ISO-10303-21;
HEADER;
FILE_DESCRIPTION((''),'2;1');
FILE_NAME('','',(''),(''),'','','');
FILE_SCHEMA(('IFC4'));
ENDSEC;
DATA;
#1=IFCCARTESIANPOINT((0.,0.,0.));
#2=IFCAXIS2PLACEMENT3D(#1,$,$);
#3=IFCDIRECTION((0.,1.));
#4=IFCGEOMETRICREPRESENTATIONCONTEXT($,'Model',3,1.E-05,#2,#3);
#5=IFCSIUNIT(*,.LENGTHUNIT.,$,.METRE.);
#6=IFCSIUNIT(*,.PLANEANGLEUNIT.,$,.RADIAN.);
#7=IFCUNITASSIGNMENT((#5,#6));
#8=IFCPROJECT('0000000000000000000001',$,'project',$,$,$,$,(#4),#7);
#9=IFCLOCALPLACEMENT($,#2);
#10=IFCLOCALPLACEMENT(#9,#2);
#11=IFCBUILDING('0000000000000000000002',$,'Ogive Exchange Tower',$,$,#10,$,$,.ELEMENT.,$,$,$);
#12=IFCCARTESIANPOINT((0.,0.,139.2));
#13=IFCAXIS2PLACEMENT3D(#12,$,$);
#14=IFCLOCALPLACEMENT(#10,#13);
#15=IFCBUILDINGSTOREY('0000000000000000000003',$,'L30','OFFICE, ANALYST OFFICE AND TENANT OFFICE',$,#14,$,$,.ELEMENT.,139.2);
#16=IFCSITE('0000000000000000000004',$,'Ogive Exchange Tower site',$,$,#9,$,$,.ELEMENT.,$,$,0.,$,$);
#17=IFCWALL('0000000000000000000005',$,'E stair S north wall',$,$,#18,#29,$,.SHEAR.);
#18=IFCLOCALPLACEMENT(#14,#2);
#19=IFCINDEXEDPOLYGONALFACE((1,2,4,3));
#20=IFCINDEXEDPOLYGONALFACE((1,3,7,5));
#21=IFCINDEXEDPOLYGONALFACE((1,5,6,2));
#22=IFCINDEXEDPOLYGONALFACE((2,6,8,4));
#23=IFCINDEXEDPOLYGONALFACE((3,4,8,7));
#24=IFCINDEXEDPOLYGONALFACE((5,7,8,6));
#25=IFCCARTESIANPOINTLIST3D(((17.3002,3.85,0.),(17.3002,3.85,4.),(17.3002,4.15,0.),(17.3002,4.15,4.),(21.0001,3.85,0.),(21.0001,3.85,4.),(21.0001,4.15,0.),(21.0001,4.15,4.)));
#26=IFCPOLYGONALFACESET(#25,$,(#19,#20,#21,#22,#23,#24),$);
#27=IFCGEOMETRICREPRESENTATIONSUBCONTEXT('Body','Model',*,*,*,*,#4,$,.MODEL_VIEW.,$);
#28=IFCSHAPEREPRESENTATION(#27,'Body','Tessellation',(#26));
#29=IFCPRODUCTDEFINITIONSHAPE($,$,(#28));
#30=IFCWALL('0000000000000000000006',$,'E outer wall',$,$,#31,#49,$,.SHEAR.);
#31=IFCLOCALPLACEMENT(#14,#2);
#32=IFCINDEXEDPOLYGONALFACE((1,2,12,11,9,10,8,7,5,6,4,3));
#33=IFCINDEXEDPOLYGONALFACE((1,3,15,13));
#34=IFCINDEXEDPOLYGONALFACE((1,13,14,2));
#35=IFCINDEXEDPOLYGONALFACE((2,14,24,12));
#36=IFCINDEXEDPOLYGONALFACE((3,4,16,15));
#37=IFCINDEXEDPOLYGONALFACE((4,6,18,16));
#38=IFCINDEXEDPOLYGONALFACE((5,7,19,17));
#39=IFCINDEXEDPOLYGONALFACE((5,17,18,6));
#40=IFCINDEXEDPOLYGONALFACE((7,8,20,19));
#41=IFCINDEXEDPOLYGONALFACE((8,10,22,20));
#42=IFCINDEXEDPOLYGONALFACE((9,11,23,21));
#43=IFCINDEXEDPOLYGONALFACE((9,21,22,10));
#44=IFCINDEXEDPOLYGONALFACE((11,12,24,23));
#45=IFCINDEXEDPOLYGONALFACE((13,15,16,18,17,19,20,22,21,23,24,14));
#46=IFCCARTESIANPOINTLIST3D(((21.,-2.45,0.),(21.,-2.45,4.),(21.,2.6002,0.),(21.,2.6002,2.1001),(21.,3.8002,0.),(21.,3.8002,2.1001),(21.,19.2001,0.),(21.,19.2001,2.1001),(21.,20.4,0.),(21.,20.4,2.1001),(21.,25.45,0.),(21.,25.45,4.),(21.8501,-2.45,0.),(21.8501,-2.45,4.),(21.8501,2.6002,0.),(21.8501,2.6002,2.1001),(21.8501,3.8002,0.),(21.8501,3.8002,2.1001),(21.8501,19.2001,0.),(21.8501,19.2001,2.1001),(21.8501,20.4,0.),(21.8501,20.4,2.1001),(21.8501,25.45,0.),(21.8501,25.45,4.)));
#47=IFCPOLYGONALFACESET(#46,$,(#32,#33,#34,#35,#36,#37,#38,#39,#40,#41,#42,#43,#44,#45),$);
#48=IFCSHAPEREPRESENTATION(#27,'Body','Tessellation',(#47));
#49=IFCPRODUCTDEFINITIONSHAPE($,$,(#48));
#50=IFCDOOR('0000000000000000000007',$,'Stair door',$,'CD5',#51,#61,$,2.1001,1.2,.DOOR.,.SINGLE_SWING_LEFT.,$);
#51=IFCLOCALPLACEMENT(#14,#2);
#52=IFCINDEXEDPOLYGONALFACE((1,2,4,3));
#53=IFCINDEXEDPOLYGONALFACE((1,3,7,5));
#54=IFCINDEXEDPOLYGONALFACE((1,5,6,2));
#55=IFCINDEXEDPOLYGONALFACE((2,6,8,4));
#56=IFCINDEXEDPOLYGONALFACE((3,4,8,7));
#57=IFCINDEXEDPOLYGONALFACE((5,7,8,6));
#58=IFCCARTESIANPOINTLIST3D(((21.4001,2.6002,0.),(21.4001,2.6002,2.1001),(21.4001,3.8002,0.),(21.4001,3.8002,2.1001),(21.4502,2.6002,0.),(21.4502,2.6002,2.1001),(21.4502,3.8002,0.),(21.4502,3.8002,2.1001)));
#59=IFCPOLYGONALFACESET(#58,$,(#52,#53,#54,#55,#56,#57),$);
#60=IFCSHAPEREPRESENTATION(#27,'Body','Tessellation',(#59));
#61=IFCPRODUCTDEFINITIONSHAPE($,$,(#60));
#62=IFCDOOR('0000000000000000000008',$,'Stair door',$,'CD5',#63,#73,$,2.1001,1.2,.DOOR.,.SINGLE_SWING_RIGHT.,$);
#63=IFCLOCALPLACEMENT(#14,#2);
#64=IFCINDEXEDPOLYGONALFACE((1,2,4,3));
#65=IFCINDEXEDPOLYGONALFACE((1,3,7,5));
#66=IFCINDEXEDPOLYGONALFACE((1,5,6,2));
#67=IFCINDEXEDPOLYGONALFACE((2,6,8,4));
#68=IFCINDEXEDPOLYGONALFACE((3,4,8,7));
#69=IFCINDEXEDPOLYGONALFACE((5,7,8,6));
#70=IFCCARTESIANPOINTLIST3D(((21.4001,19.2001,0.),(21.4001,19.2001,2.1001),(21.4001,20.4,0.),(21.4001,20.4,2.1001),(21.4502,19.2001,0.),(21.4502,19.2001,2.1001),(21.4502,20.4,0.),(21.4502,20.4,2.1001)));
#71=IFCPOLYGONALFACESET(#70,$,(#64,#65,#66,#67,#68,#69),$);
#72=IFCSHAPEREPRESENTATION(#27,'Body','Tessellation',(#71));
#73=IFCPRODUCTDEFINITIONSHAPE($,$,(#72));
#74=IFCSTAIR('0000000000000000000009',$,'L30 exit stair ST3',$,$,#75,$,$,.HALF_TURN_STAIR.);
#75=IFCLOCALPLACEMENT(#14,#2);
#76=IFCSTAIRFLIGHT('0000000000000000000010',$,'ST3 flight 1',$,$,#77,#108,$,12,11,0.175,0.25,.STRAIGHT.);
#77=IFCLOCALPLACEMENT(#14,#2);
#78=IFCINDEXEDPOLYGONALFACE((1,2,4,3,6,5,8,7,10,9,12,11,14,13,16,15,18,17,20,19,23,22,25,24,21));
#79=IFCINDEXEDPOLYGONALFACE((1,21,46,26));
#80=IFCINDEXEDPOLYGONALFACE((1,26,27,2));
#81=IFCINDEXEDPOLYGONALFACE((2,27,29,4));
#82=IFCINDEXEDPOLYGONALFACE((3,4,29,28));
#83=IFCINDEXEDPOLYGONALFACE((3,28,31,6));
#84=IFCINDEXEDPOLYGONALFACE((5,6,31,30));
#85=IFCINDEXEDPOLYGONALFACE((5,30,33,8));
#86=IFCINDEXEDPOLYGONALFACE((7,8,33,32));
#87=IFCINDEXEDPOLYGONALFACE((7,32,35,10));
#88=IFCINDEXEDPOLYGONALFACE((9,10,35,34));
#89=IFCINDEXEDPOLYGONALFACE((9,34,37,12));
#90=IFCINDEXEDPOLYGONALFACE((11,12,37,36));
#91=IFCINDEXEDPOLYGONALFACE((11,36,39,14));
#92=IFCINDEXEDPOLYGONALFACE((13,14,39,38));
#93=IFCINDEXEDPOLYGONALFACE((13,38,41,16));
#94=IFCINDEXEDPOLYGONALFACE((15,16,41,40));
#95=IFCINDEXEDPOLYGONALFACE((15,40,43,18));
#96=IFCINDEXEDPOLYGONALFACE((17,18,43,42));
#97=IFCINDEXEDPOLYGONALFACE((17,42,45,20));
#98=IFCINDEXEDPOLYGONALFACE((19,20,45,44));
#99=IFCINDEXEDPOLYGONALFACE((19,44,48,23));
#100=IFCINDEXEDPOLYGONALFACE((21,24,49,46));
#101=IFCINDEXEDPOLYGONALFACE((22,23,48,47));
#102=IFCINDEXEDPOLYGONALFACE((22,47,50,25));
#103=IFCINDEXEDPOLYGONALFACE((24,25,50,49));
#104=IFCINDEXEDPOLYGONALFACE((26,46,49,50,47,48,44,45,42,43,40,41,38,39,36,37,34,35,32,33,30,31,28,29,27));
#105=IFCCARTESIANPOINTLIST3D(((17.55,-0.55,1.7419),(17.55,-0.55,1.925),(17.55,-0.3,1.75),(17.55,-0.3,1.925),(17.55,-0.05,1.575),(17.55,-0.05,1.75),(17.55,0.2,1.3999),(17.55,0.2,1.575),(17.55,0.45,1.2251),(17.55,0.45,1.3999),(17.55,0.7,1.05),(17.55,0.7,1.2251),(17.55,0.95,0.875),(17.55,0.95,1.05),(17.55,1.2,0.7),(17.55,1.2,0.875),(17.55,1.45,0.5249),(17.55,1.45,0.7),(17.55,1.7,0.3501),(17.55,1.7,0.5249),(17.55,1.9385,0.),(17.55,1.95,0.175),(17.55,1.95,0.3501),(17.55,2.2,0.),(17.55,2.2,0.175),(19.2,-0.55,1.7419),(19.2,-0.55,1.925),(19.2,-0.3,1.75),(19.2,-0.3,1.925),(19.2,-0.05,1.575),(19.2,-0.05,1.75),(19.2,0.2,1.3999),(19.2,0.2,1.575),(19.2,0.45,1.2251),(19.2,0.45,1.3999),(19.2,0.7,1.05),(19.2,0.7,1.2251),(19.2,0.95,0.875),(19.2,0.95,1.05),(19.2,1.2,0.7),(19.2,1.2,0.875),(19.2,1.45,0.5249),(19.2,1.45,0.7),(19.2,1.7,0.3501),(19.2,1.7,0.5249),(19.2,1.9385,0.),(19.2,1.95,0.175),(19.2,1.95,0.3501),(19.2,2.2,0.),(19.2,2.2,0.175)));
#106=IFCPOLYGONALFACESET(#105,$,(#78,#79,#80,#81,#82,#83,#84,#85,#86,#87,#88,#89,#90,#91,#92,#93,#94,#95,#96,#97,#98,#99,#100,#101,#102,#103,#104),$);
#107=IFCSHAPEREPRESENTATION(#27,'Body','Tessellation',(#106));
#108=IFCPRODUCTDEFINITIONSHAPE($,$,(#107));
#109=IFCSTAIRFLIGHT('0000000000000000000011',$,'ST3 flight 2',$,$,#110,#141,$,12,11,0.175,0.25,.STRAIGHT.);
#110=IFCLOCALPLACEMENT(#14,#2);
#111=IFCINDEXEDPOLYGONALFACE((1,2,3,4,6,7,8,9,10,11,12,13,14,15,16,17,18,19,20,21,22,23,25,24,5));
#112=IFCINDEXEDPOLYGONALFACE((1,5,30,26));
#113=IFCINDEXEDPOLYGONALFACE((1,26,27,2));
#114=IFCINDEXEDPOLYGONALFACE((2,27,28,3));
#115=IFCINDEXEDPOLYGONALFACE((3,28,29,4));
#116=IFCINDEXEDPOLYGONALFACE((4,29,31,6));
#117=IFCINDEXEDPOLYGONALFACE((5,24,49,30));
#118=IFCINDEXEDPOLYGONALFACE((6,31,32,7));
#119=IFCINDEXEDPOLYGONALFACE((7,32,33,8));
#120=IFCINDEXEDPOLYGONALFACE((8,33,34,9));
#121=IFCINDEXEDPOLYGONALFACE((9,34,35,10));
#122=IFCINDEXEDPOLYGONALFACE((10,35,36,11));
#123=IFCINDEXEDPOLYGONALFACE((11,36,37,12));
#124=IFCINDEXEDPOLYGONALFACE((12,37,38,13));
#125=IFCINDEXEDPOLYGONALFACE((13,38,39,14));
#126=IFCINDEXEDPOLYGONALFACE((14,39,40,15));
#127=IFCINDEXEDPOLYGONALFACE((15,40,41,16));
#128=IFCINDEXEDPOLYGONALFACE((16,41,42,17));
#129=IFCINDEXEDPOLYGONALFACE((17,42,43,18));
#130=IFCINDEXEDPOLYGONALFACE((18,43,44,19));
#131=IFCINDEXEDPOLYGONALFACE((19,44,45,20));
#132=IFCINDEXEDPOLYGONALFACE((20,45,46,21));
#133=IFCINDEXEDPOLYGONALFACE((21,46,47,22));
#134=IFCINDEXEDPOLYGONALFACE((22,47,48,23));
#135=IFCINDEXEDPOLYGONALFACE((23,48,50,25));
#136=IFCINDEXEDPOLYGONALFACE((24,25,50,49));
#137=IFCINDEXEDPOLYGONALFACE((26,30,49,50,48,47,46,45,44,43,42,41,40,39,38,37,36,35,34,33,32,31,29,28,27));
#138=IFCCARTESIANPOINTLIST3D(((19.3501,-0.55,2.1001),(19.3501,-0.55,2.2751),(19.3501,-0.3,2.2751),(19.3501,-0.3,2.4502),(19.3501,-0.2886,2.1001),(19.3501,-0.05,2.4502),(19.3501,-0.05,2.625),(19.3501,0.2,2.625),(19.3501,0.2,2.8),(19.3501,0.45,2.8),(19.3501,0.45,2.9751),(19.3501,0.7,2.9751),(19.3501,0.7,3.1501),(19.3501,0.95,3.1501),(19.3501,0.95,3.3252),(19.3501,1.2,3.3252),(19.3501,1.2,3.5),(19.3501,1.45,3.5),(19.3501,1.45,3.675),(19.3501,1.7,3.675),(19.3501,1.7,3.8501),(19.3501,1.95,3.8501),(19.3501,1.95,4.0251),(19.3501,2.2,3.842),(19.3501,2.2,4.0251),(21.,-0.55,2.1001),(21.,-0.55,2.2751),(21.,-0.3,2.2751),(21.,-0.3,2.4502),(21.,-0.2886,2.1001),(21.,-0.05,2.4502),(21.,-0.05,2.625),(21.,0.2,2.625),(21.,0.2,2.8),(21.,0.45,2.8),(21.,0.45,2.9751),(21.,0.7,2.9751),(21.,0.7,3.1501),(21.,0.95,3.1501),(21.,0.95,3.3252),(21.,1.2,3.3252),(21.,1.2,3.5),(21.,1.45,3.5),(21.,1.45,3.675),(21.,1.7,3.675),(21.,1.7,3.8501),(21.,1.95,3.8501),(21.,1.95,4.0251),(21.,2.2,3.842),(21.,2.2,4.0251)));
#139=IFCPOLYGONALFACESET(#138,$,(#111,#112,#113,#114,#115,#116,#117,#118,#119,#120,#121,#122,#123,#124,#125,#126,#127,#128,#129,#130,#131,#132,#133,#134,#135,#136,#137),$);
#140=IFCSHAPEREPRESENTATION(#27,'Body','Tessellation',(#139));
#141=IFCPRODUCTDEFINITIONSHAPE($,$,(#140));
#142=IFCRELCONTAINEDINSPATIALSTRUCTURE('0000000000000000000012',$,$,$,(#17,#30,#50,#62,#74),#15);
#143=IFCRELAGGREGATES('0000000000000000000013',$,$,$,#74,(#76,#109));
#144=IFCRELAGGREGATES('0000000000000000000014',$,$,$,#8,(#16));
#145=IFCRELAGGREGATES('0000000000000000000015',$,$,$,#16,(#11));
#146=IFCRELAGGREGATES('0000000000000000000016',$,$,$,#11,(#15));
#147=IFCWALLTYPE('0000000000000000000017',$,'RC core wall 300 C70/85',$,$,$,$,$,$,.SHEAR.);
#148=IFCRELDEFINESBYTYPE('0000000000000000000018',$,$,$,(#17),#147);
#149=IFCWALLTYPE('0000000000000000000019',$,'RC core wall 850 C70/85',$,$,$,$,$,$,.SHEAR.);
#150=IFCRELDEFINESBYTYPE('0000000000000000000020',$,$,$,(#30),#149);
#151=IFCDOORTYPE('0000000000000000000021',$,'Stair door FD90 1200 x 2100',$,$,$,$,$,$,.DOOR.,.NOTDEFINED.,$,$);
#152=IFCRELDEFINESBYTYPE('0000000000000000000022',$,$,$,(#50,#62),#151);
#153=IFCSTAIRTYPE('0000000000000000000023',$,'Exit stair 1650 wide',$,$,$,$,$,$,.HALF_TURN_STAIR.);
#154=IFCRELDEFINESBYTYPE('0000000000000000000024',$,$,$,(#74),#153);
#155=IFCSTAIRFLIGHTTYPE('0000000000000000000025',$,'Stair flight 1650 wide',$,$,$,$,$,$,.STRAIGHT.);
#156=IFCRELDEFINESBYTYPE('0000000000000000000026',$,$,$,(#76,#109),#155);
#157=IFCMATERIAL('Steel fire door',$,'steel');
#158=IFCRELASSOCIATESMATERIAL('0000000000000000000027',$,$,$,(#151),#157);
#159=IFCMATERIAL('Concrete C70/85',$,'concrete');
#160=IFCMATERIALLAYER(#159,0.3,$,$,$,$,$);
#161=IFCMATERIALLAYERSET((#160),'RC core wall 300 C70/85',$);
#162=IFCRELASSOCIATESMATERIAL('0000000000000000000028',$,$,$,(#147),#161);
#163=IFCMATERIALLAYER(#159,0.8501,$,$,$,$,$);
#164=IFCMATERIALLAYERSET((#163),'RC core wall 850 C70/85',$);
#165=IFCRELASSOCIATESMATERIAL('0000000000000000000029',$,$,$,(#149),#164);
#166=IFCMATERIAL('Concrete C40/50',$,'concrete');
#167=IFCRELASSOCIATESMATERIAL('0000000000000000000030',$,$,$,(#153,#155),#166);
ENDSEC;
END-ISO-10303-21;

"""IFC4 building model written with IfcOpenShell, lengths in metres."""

from ifc_helpers import new_model, si_unit, direction, frame, frame_2d, origin, place, context, subcontext, project, spatial, polyline, rectangle, outline, extrude, material, layer, layer_set, type_object, element, fill, aggregate, save


model = new_model("IFC4")

# Units and contexts
model_context = context("Model", 3, precision=1e-05, world=origin(), true_north=direction((0.0, 1.0)))
body_context = subcontext(model_context, "Body", "Model", "MODEL_VIEW")
ifc_project = project(units=[si_unit("LENGTHUNIT", "METRE"), si_unit("PLANEANGLEUNIT", "RADIAN")], contexts=[model_context])

# Site, building, storey
site_placement = place(None, origin())
site = spatial("IfcSite", under=ifc_project, at=site_placement, Name="Ogive Exchange Tower site", CompositionType="ELEMENT", RefElevation=0.0)
building_placement = place(site_placement, origin())
building = spatial("IfcBuilding", under=site, at=building_placement, Name="Ogive Exchange Tower", CompositionType="ELEMENT")
storey_placement = place(building_placement, frame((0.0, 0.0, 139.2)))
storey = spatial("IfcBuildingStorey", under=building, at=storey_placement, Name="L30", Description="OFFICE, ANALYST OFFICE AND TENANT OFFICE", CompositionType="ELEMENT", Elevation=139.2)

# Shared definitions
ifc_material_1 = material(Name="Concrete C70/85", Category="concrete")
ifc_material_2 = material(Name="Steel fire door", Category="steel")
door_type_1 = type_object("IfcDoorType", Name="Stair door FD90 1200 x 2100", OperationType="NOTDEFINED", PredefinedType="DOOR", material=ifc_material_2)

# Wall
ifc_layer_1 = layer(ifc_material_1, 0.3)
ifc_layer_set_1 = layer_set([ifc_layer_1], Name="RC core wall 300 C70/85")
wall_type_1 = type_object("IfcWallType", Name="RC core wall 300 C70/85", PredefinedType="SHEAR", material=ifc_layer_set_1)
wall_1_placement = place(storey_placement, frame((17.3, 4.0, 0.0), z_axis=(0.0, 0.0, 1.0), x_axis=(1.0, 0.0, 0.0)))
element("IfcWall", 1, at=wall_1_placement, inside=storey, type_object=wall_type_1, Name="E stair S north wall", PredefinedType="SHEAR", context=body_context, shape_type="SweptSolid", body=[
    extrude(rectangle(XDim=3.7, YDim=0.3, at=frame_2d((1.8501, 0.0))), origin(), (0.0, 0.0, 1.0), 4.0),
])

# Wall, openings, doors
ifc_layer_2 = layer(ifc_material_1, 0.8501)
ifc_layer_set_2 = layer_set([ifc_layer_2], Name="RC core wall 850 C70/85")
wall_type_2 = type_object("IfcWallType", Name="RC core wall 850 C70/85", PredefinedType="SHEAR", material=ifc_layer_set_2)
wall_2_placement = place(storey_placement, frame((21.425, -2.45, 0.0), z_axis=(0.0, 0.0, 1.0), x_axis=(0.0, 1.0, 0.0)))
wall_2 = element("IfcWall", 2, at=wall_2_placement, inside=storey, type_object=wall_type_2, Name="E outer wall", PredefinedType="SHEAR", context=body_context, shape_type="SweptSolid", body=[
    extrude(rectangle(XDim=27.8999, YDim=0.8501, at=frame_2d((13.95, 0.0))), origin(), (0.0, 0.0, 1.0), 4.0),
])
opening_1_placement = place(wall_2_placement, frame((5.05, 0.0, 0.0)))
opening_1 = element("IfcOpeningElement", 3, at=opening_1_placement, cuts=wall_2, PredefinedType="OPENING", context=body_context, shape_type="SweptSolid", body=[
    extrude(rectangle(XDim=1.2, YDim=2.1001, at=frame_2d((0.6001, 1.05))), frame((0.0, 0.4351, 0.0), z_axis=(0.0, -1.0, 0.0), x_axis=(1.0, 0.0, 0.0)), (0.0, 0.0, 1.0), 0.8701),
])
opening_2_placement = place(wall_2_placement, frame((21.6499, 0.0, 0.0)))
opening_2 = element("IfcOpeningElement", 4, at=opening_2_placement, cuts=wall_2, PredefinedType="OPENING", context=body_context, shape_type="SweptSolid", body=[
    extrude(rectangle(XDim=1.2, YDim=2.1001, at=frame_2d((0.6001, 1.05))), frame((0.0, 0.4351, 0.0), z_axis=(0.0, -1.0, 0.0), x_axis=(1.0, 0.0, 0.0)), (0.0, 0.0, 1.0), 0.8701),
])
door_1_placement = place(opening_1_placement, origin())
door_1 = element("IfcDoor", 5, at=door_1_placement, inside=storey, type_object=door_type_1, Name="Stair door", ObjectType="CD5", OperationType="SINGLE_SWING_LEFT", OverallHeight=2.1001, OverallWidth=1.2, PredefinedType="DOOR", context=body_context, shape_type="SweptSolid", body=[
    extrude(rectangle(XDim=1.2, YDim=2.1001, at=frame_2d((0.6001, 1.05))), frame((0.0, 0.0249, 0.0), z_axis=(0.0, -1.0, 0.0), x_axis=(1.0, 0.0, 0.0)), (0.0, 0.0, 1.0), 0.05),
])
fill(opening_1, door_1)
door_2_placement = place(opening_2_placement, origin())
door_2 = element("IfcDoor", 6, at=door_2_placement, inside=storey, type_object=door_type_1, Name="Stair door", ObjectType="CD5", OperationType="SINGLE_SWING_RIGHT", OverallHeight=2.1001, OverallWidth=1.2, PredefinedType="DOOR", context=body_context, shape_type="SweptSolid", body=[
    extrude(rectangle(XDim=1.2, YDim=2.1001, at=frame_2d((0.6001, 1.05))), frame((0.0, 0.0249, 0.0), z_axis=(0.0, -1.0, 0.0), x_axis=(1.0, 0.0, 0.0)), (0.0, 0.0, 1.0), 0.05),
])
fill(opening_2, door_2)

# Stair, stair flights
ifc_material_3 = material(Name="Concrete C40/50", Category="concrete")
stair_type = type_object("IfcStairType", Name="Exit stair 1650 wide", PredefinedType="HALF_TURN_STAIR", material=ifc_material_3)
stair_placement = place(storey_placement, origin())
stair = element("IfcStair", 7, at=stair_placement, inside=storey, type_object=stair_type, Name="L30 exit stair ST3", PredefinedType="HALF_TURN_STAIR")
stair_flight_type = type_object("IfcStairFlightType", Name="Stair flight 1650 wide", PredefinedType="STRAIGHT", material=ifc_material_3)
stair_flight_1_placement = place(storey_placement, frame((18.375, 2.2, 0.0), z_axis=(0.0, 0.0, 1.0), x_axis=(0.0, -1.0, 0.0)))
stair_flight_1 = element("IfcStairFlight", 8, at=stair_flight_1_placement, type_object=stair_flight_type, Name="ST3 flight 1", NumberOfRisers=12, NumberOfTreads=11, PredefinedType="STRAIGHT", RiserHeight=0.175, TreadLength=0.25, context=body_context, shape_type="SweptSolid", body=[
    extrude(outline(polyline([(0.0, 0.0), (0.0, 0.175), (0.25, 0.175), (0.25, 0.3501), (0.5, 0.3501), (0.5, 0.5249), (0.75, 0.5249), (0.75, 0.7), (1.0, 0.7), (1.0, 0.875), (1.25, 0.875), (1.25, 1.05), (1.5, 1.05), (1.5, 1.2251), (1.75, 1.2251), (1.75, 1.3999), (2.0, 1.3999), (2.0, 1.575), (2.25, 1.575), (2.25, 1.75), (2.5, 1.75), (2.5, 1.925), (2.75, 1.925), (2.75, 2.1001), (2.75, 1.7419), (0.2615, 0.0), (0.0, 0.0)])), frame((0.0, 0.825, 0.0), z_axis=(0.0, -1.0, 0.0), x_axis=(1.0, 0.0, 0.0)), (0.0, 0.0, 1.0), 1.6499),
])
stair_flight_2_placement = place(storey_placement, frame((20.175, -0.55, 2.1001), z_axis=(0.0, 0.0, 1.0), x_axis=(0.0, 1.0, 0.0)))
stair_flight_2 = element("IfcStairFlight", 9, at=stair_flight_2_placement, type_object=stair_flight_type, Name="ST3 flight 2", NumberOfRisers=12, NumberOfTreads=11, PredefinedType="STRAIGHT", RiserHeight=0.175, TreadLength=0.25, context=body_context, shape_type="SweptSolid", body=[
    extrude(outline(polyline([(0.0, 0.0), (0.0, 0.175), (0.25, 0.175), (0.25, 0.3501), (0.5, 0.3501), (0.5, 0.5249), (0.75, 0.5249), (0.75, 0.7), (1.0, 0.7), (1.0, 0.875), (1.25, 0.875), (1.25, 1.05), (1.5, 1.05), (1.5, 1.2251), (1.75, 1.2251), (1.75, 1.3999), (2.0, 1.3999), (2.0, 1.575), (2.25, 1.575), (2.25, 1.75), (2.5, 1.75), (2.5, 1.925), (2.75, 1.925), (2.75, 2.1001), (2.75, 1.7419), (0.2615, 0.0), (0.0, 0.0)])), frame((0.0, 0.825, 0.0), z_axis=(0.0, -1.0, 0.0), x_axis=(1.0, 0.0, 0.0)), (0.0, 0.0, 1.0), 1.6499),
])
aggregate(stair, [stair_flight_1, stair_flight_2])

save(model, "model.ifc")
